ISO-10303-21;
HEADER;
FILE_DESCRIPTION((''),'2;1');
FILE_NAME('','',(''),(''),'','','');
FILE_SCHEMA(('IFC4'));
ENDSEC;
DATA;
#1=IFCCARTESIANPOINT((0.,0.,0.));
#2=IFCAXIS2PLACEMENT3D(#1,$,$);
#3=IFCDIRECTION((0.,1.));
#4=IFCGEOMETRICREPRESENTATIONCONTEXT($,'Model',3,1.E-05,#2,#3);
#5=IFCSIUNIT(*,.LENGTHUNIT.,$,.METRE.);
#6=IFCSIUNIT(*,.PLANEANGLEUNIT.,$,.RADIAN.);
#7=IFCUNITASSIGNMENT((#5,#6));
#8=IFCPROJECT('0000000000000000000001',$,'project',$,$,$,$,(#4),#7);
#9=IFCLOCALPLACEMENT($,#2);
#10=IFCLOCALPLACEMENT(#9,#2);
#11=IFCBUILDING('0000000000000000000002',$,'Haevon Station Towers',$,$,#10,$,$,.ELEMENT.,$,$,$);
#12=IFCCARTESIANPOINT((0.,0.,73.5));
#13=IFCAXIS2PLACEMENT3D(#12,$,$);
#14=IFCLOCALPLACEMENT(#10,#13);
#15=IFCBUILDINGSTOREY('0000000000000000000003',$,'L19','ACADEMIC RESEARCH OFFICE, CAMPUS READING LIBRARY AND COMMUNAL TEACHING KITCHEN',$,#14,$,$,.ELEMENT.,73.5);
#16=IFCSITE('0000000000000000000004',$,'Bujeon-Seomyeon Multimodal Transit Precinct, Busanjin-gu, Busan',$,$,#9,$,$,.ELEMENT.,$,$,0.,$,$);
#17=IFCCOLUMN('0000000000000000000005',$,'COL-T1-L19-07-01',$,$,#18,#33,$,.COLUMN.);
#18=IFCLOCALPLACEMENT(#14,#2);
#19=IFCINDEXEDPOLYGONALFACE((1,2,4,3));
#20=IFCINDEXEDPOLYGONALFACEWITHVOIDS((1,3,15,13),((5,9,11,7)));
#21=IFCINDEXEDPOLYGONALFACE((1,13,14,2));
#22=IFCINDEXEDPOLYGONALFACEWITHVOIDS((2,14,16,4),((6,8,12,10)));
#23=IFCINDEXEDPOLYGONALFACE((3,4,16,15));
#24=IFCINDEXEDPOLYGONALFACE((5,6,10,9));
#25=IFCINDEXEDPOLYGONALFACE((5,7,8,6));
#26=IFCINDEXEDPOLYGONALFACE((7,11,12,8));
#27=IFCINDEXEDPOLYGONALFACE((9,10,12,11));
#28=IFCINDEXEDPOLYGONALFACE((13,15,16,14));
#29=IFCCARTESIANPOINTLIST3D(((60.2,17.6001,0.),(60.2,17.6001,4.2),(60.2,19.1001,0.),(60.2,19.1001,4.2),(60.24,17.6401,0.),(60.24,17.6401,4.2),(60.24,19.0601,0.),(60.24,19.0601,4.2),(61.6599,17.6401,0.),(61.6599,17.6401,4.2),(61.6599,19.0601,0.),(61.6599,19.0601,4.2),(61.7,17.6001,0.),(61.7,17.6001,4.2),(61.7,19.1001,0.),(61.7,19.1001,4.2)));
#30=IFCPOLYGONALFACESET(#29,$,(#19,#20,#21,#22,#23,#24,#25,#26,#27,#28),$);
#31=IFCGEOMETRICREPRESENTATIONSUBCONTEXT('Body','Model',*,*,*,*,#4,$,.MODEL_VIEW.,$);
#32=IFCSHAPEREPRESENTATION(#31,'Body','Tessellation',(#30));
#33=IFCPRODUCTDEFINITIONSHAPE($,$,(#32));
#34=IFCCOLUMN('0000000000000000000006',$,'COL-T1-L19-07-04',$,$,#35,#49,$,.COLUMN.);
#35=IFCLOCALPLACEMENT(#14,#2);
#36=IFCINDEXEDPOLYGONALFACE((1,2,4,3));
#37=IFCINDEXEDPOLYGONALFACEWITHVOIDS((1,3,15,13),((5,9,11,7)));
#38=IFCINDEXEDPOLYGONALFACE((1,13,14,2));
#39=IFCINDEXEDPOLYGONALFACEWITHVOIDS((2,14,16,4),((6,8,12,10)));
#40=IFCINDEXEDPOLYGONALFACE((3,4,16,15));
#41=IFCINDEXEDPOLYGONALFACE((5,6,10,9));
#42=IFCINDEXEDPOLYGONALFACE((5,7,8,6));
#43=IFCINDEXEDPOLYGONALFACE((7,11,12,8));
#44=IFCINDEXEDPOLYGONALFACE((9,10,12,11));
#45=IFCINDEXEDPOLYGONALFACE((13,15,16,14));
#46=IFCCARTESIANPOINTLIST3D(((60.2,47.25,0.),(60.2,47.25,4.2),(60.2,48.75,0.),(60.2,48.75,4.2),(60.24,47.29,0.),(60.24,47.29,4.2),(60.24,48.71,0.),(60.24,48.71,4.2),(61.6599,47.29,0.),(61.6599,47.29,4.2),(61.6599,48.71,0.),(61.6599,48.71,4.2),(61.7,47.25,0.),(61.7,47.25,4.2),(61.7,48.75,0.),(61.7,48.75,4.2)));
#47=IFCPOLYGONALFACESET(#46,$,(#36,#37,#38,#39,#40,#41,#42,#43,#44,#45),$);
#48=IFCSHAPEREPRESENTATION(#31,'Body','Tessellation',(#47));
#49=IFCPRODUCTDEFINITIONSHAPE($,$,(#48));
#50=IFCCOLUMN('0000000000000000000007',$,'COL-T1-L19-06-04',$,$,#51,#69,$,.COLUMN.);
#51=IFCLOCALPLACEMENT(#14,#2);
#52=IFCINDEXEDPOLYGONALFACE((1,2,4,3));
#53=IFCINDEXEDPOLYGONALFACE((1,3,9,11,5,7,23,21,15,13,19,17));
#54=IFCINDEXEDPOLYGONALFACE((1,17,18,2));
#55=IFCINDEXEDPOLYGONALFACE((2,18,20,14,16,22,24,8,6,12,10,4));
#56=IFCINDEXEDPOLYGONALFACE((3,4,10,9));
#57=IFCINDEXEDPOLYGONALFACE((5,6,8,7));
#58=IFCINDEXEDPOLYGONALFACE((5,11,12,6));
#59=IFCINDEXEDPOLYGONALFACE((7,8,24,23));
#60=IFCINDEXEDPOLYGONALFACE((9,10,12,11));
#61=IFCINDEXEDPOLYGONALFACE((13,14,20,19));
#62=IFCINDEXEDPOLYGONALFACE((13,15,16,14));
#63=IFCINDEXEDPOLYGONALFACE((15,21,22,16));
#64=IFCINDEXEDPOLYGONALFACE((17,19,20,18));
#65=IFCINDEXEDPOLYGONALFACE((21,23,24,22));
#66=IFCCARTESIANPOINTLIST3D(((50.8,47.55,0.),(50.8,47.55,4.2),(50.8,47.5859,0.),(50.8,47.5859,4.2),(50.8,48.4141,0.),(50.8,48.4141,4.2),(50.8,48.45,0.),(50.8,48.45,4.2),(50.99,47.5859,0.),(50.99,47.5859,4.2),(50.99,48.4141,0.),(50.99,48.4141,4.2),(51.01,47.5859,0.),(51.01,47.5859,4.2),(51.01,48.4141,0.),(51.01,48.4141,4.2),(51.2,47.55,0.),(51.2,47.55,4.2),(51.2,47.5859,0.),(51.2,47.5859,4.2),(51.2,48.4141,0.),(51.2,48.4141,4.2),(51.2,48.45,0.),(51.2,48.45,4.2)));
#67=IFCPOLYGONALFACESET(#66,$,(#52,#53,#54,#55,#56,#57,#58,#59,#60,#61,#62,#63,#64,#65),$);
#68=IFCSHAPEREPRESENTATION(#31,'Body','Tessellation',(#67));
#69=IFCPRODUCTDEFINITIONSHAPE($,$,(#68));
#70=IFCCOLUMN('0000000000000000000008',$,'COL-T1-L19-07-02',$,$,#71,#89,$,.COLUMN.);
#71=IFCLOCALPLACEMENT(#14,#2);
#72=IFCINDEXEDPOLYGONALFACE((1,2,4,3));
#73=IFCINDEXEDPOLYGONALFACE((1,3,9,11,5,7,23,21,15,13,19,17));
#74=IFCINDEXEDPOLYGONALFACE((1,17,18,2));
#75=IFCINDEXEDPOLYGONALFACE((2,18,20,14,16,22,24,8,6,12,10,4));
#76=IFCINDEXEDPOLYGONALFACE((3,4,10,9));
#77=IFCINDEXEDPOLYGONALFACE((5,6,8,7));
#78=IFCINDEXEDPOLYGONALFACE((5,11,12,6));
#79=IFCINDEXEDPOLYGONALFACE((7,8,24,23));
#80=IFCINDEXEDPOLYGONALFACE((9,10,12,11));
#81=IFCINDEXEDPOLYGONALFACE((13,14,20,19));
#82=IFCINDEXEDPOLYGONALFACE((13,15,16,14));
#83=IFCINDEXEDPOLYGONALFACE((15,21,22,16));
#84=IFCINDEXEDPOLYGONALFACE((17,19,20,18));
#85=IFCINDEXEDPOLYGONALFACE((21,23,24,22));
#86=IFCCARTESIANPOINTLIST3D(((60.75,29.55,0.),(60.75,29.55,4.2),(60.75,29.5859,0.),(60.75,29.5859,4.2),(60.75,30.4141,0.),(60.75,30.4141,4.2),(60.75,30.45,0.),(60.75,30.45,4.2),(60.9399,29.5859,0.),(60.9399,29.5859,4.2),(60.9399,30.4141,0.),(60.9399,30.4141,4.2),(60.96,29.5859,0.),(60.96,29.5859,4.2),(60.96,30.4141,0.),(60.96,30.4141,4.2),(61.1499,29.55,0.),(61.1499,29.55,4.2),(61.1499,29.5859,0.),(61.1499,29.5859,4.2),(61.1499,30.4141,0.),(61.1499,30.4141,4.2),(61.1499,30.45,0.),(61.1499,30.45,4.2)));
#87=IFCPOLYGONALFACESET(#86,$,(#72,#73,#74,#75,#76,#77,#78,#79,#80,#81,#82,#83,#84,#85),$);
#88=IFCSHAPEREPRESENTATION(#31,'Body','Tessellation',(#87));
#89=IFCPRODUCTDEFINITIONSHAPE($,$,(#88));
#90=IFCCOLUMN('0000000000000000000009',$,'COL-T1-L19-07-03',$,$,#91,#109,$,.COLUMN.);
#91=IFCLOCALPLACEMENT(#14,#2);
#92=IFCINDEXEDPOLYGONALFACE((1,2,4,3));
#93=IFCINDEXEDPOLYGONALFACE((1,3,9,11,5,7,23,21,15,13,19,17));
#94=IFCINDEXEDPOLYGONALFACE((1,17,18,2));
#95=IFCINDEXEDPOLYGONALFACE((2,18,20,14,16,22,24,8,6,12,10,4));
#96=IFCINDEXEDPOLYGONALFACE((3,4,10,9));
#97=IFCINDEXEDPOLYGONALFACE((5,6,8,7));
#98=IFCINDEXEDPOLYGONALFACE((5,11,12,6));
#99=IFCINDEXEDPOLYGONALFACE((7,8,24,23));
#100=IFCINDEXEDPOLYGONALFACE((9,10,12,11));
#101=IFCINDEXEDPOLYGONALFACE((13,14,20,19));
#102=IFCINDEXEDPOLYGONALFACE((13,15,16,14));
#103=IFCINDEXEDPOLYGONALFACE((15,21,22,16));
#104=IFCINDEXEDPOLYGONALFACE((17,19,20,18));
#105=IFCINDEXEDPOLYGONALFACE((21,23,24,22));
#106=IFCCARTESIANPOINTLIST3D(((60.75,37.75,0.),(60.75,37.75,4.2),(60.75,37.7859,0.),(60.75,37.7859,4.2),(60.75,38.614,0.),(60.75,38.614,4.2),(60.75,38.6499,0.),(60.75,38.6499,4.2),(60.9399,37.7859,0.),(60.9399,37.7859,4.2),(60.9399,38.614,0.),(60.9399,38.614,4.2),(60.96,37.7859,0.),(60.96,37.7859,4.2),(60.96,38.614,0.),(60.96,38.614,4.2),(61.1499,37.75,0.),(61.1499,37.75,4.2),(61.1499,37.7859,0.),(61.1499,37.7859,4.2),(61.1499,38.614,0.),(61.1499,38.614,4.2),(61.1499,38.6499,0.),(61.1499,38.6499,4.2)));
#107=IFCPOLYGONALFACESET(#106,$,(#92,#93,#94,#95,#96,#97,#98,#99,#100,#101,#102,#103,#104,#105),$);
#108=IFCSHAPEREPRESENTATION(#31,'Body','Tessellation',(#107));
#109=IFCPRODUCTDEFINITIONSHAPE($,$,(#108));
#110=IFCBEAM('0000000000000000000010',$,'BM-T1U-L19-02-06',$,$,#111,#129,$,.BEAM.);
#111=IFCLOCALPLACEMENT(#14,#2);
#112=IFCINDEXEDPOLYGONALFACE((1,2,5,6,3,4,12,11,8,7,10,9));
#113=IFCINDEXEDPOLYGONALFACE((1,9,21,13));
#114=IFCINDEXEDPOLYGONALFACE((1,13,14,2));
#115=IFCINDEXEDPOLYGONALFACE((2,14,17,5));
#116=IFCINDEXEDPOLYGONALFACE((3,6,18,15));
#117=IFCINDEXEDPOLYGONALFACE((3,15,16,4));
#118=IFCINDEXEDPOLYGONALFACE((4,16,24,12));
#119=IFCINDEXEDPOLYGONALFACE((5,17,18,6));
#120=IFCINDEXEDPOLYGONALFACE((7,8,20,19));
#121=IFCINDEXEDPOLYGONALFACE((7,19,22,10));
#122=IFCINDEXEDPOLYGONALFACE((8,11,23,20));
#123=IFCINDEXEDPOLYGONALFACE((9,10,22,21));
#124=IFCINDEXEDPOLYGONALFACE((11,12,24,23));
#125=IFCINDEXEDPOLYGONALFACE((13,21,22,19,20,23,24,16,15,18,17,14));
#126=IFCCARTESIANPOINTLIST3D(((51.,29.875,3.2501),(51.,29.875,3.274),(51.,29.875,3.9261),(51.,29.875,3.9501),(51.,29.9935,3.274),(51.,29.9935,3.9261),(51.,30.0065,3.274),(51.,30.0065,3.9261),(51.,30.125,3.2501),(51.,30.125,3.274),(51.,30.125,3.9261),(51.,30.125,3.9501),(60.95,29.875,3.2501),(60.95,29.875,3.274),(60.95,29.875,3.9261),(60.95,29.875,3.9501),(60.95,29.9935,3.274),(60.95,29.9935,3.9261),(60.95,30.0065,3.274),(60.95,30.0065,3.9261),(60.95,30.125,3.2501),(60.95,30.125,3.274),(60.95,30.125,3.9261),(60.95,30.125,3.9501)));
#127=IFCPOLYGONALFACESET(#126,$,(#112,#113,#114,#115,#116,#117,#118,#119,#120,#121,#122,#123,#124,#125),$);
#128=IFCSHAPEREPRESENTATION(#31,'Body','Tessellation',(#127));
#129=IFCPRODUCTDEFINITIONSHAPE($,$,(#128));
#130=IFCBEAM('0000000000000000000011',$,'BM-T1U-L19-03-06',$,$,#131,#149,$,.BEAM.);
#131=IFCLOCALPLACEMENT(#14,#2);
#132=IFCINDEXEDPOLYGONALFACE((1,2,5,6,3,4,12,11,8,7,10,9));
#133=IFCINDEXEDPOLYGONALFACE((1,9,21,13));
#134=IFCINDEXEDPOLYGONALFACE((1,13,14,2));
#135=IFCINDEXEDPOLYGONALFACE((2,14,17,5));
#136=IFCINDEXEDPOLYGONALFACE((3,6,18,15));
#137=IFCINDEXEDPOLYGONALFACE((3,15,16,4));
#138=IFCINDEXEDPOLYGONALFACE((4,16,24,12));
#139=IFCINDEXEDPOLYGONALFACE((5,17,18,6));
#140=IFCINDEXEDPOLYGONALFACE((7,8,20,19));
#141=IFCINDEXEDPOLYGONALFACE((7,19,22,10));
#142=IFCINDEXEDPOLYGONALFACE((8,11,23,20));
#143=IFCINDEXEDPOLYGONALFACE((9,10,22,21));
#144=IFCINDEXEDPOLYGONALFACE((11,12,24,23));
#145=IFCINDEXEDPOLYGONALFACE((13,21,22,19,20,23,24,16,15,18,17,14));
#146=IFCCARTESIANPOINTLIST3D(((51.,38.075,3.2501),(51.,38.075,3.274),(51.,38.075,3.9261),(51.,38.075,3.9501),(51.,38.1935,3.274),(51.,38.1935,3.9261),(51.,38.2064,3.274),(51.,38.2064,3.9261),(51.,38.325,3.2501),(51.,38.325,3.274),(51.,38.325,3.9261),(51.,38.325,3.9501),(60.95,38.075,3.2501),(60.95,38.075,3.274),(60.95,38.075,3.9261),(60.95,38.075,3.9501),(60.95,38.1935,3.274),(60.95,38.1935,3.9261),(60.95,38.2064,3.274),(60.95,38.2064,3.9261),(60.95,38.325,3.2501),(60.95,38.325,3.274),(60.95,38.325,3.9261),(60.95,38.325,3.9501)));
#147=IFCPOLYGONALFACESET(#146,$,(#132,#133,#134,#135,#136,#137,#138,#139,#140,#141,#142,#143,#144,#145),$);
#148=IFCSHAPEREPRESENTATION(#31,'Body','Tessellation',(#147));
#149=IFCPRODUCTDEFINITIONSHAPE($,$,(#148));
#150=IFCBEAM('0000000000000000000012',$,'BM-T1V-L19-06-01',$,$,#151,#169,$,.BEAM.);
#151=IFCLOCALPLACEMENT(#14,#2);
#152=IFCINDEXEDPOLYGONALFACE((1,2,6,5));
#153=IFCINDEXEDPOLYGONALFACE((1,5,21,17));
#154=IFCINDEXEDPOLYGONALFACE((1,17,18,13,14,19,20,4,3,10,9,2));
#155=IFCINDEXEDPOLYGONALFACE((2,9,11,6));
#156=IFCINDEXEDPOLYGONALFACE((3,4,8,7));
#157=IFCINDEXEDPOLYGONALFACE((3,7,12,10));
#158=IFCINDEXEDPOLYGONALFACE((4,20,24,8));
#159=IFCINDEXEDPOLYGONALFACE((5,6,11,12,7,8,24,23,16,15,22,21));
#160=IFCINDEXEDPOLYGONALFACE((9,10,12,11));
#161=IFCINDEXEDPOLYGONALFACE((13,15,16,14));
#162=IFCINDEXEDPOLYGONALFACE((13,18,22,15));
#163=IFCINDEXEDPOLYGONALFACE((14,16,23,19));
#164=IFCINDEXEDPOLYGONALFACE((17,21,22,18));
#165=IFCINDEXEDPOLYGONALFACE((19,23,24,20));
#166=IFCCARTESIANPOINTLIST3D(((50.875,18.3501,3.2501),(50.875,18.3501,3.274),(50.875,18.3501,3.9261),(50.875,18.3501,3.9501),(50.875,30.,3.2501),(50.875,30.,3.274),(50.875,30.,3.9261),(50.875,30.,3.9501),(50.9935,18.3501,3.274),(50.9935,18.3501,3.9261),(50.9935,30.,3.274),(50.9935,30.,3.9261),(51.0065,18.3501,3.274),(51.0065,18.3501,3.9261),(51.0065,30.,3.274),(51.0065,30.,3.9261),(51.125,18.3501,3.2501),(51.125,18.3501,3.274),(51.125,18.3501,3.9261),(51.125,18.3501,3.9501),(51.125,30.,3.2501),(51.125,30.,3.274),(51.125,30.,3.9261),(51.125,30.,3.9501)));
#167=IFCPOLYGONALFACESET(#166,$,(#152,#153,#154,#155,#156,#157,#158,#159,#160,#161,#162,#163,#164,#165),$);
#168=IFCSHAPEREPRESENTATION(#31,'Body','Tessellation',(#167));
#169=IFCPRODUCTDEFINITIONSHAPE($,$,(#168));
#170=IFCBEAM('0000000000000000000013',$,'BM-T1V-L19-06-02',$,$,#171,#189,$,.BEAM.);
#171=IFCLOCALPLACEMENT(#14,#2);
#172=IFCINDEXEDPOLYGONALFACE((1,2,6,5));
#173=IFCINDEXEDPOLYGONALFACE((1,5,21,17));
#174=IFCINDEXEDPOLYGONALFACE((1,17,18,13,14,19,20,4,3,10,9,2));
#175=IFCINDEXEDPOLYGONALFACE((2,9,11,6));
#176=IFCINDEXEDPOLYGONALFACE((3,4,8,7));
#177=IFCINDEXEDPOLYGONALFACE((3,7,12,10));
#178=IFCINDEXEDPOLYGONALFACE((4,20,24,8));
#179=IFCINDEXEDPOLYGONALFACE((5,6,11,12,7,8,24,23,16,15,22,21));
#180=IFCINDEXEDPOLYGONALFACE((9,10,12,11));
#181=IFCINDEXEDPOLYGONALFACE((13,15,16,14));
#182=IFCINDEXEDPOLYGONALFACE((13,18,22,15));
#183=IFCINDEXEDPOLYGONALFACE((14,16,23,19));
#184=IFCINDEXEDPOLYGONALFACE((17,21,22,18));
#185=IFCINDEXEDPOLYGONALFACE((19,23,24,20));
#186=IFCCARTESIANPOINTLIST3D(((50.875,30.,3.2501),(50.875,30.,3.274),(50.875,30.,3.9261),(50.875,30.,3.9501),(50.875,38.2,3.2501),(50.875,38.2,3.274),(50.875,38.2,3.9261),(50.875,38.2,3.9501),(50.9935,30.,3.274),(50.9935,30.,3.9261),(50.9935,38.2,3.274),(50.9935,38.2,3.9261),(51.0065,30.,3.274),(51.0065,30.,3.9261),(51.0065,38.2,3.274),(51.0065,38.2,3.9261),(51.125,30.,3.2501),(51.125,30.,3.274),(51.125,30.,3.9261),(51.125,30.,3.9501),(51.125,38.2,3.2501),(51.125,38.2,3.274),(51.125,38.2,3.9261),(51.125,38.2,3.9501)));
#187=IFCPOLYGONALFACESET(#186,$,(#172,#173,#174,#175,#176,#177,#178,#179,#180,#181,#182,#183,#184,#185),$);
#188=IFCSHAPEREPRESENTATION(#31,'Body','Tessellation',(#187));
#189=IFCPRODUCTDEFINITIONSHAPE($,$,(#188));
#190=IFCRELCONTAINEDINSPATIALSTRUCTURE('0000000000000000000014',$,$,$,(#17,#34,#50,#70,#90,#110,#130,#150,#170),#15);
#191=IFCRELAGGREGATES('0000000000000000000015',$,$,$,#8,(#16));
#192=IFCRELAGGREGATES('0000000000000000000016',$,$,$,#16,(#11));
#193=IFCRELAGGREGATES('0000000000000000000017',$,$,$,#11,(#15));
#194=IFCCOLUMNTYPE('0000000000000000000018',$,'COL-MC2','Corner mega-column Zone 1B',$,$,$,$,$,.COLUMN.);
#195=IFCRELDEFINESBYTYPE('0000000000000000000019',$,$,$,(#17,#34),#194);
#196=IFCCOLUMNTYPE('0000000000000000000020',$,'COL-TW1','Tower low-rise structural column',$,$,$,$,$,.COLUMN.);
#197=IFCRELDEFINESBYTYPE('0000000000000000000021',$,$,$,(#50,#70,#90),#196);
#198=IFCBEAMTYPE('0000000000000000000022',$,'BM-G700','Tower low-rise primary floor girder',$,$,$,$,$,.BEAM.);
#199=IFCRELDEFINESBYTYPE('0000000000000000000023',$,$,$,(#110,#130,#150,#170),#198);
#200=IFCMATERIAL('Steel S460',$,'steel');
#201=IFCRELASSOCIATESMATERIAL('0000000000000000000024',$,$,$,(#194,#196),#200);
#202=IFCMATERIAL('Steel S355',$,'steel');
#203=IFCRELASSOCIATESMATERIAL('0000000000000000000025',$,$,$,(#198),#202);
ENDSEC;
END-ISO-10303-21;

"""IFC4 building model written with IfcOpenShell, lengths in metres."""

from ifc_helpers import new_model, si_unit, direction, frame, origin, origin_2d, place, context, subcontext, project, spatial, hollow_rectangle, i_section, extrude, material, material_profile, profile_set, type_object, element, save


model = new_model("IFC4")

# Units and contexts
model_context = context("Model", 3, precision=1e-05, world=origin(), true_north=direction((0.0, 1.0)))
body_context = subcontext(model_context, "Body", "Model", "MODEL_VIEW")
ifc_project = project(units=[si_unit("LENGTHUNIT", "METRE"), si_unit("PLANEANGLEUNIT", "RADIAN")], contexts=[model_context])

# Site, building, storey
site_placement = place(None, origin())
site = spatial("IfcSite", under=ifc_project, at=site_placement, Name="Bujeon-Seomyeon Multimodal Transit Precinct, Busanjin-gu, Busan", CompositionType="ELEMENT", RefElevation=0.0)
building_placement = place(site_placement, origin())
building = spatial("IfcBuilding", under=site, at=building_placement, Name="Haevon Station Towers", CompositionType="ELEMENT")
storey_placement = place(building_placement, frame((0.0, 0.0, 73.5)))
storey = spatial("IfcBuildingStorey", under=building, at=storey_placement, Name="L19", Description="ACADEMIC RESEARCH OFFICE, CAMPUS READING LIBRARY AND COMMUNAL TEACHING KITCHEN", CompositionType="ELEMENT", Elevation=73.5)

# Columns
ifc_material_1 = material(Name="Steel S460", Category="steel")
ifc_material_profile_1 = material_profile(ifc_material_1, hollow_rectangle(XDim=1.5, YDim=1.5, WallThickness=0.04, at=origin_2d()), Name="BOX-1500x1500x40")
ifc_profile_set_1 = profile_set([ifc_material_profile_1], Name="Steel S460")
column_type_1 = type_object("IfcColumnType", Name="COL-MC2", Description="Corner mega-column Zone 1B", PredefinedType="COLUMN", material=ifc_profile_set_1)
for number, where, z_axis, x_axis, name in (
    (1, (60.95, 18.3501, 0.0), (0.0, 0.0, 1.0), (1.0, 0.0, 0.0), "COL-T1-L19-07-01"),
    (2, (60.95, 48.0, 0.0), (0.0, 0.0, 1.0), (1.0, 0.0, 0.0), "COL-T1-L19-07-04"),
):
    element("IfcColumn", number, at=place(storey_placement, frame(where, z_axis=z_axis, x_axis=x_axis)), inside=storey, type_object=column_type_1, Name=name, PredefinedType="COLUMN", context=body_context, shape_type="SweptSolid", body=[
        extrude(hollow_rectangle(XDim=1.5, YDim=1.5, WallThickness=0.04, at=origin_2d()), origin(), (0.0, 0.0, 1.0), 4.2),
    ])
ifc_material_profile_2 = material_profile(ifc_material_1, i_section(OverallWidth=0.3999, OverallDepth=0.8999, WebThickness=0.02, FlangeThickness=0.0359, at=origin_2d()), Name="H-900x400x20x36")
ifc_profile_set_2 = profile_set([ifc_material_profile_2], Name="Steel S460")
column_type_2 = type_object("IfcColumnType", Name="COL-TW1", Description="Tower low-rise structural column", PredefinedType="COLUMN", material=ifc_profile_set_2)
for number, where, z_axis, x_axis, name in (
    (3, (51.0, 48.0, 0.0), (0.0, 0.0, 1.0), (1.0, 0.0, 0.0), "COL-T1-L19-06-04"),
    (4, (60.95, 30.0, 0.0), (0.0, 0.0, 1.0), (1.0, 0.0, 0.0), "COL-T1-L19-07-02"),
    (5, (60.95, 38.2, 0.0), (0.0, 0.0, 1.0), (1.0, 0.0, 0.0), "COL-T1-L19-07-03"),
):
    element("IfcColumn", number, at=place(storey_placement, frame(where, z_axis=z_axis, x_axis=x_axis)), inside=storey, type_object=column_type_2, Name=name, PredefinedType="COLUMN", context=body_context, shape_type="SweptSolid", body=[
        extrude(i_section(OverallWidth=0.3999, OverallDepth=0.8999, WebThickness=0.02, FlangeThickness=0.0359, at=origin_2d()), origin(), (0.0, 0.0, 1.0), 4.2),
    ])

# Beams
ifc_material_2 = material(Name="Steel S355", Category="steel")
ifc_material_profile_3 = material_profile(ifc_material_2, i_section(OverallWidth=0.25, OverallDepth=0.7, WebThickness=0.0129, FlangeThickness=0.0239, at=origin_2d()), Name="H-700x250x13x24")
ifc_profile_set_3 = profile_set([ifc_material_profile_3], Name="Steel S355")
beam_type_1 = type_object("IfcBeamType", Name="BM-G700", Description="Tower low-rise primary floor girder", PredefinedType="BEAM", material=ifc_profile_set_3)
for number, where, z_axis, x_axis, name in (
    (6, (51.0, 30.0, 3.6001), (1.0, 0.0, 0.0), (0.0, 1.0, 0.0), "BM-T1U-L19-02-06"),
    (7, (51.0, 38.2, 3.6001), (1.0, 0.0, 0.0), (0.0, 1.0, 0.0), "BM-T1U-L19-03-06"),
):
    element("IfcBeam", number, at=place(storey_placement, frame(where, z_axis=z_axis, x_axis=x_axis)), inside=storey, type_object=beam_type_1, Name=name, PredefinedType="BEAM", context=body_context, shape_type="SweptSolid", body=[
        extrude(i_section(OverallWidth=0.25, OverallDepth=0.7, WebThickness=0.0129, FlangeThickness=0.0239, at=origin_2d()), origin(), (0.0, 0.0, 1.0), 9.95),
    ])
beam_1_placement = place(storey_placement, frame((51.0, 18.3501, 3.6001), z_axis=(0.0, 1.0, 0.0), x_axis=(-1.0, 0.0, 0.0)))
element("IfcBeam", 8, at=beam_1_placement, inside=storey, type_object=beam_type_1, Name="BM-T1V-L19-06-01", PredefinedType="BEAM", context=body_context, shape_type="SweptSolid", body=[
    extrude(i_section(OverallWidth=0.25, OverallDepth=0.7, WebThickness=0.0129, FlangeThickness=0.0239, at=origin_2d()), origin(), (0.0, 0.0, 1.0), 11.6499),
])
beam_2_placement = place(storey_placement, frame((51.0, 30.0, 3.6001), z_axis=(0.0, 1.0, 0.0), x_axis=(-1.0, 0.0, 0.0)))
element("IfcBeam", 9, at=beam_2_placement, inside=storey, type_object=beam_type_1, Name="BM-T1V-L19-06-02", PredefinedType="BEAM", context=body_context, shape_type="SweptSolid", body=[
    extrude(i_section(OverallWidth=0.25, OverallDepth=0.7, WebThickness=0.0129, FlangeThickness=0.0239, at=origin_2d()), origin(), (0.0, 0.0, 1.0), 8.2),
])

save(model, "model.ifc")
